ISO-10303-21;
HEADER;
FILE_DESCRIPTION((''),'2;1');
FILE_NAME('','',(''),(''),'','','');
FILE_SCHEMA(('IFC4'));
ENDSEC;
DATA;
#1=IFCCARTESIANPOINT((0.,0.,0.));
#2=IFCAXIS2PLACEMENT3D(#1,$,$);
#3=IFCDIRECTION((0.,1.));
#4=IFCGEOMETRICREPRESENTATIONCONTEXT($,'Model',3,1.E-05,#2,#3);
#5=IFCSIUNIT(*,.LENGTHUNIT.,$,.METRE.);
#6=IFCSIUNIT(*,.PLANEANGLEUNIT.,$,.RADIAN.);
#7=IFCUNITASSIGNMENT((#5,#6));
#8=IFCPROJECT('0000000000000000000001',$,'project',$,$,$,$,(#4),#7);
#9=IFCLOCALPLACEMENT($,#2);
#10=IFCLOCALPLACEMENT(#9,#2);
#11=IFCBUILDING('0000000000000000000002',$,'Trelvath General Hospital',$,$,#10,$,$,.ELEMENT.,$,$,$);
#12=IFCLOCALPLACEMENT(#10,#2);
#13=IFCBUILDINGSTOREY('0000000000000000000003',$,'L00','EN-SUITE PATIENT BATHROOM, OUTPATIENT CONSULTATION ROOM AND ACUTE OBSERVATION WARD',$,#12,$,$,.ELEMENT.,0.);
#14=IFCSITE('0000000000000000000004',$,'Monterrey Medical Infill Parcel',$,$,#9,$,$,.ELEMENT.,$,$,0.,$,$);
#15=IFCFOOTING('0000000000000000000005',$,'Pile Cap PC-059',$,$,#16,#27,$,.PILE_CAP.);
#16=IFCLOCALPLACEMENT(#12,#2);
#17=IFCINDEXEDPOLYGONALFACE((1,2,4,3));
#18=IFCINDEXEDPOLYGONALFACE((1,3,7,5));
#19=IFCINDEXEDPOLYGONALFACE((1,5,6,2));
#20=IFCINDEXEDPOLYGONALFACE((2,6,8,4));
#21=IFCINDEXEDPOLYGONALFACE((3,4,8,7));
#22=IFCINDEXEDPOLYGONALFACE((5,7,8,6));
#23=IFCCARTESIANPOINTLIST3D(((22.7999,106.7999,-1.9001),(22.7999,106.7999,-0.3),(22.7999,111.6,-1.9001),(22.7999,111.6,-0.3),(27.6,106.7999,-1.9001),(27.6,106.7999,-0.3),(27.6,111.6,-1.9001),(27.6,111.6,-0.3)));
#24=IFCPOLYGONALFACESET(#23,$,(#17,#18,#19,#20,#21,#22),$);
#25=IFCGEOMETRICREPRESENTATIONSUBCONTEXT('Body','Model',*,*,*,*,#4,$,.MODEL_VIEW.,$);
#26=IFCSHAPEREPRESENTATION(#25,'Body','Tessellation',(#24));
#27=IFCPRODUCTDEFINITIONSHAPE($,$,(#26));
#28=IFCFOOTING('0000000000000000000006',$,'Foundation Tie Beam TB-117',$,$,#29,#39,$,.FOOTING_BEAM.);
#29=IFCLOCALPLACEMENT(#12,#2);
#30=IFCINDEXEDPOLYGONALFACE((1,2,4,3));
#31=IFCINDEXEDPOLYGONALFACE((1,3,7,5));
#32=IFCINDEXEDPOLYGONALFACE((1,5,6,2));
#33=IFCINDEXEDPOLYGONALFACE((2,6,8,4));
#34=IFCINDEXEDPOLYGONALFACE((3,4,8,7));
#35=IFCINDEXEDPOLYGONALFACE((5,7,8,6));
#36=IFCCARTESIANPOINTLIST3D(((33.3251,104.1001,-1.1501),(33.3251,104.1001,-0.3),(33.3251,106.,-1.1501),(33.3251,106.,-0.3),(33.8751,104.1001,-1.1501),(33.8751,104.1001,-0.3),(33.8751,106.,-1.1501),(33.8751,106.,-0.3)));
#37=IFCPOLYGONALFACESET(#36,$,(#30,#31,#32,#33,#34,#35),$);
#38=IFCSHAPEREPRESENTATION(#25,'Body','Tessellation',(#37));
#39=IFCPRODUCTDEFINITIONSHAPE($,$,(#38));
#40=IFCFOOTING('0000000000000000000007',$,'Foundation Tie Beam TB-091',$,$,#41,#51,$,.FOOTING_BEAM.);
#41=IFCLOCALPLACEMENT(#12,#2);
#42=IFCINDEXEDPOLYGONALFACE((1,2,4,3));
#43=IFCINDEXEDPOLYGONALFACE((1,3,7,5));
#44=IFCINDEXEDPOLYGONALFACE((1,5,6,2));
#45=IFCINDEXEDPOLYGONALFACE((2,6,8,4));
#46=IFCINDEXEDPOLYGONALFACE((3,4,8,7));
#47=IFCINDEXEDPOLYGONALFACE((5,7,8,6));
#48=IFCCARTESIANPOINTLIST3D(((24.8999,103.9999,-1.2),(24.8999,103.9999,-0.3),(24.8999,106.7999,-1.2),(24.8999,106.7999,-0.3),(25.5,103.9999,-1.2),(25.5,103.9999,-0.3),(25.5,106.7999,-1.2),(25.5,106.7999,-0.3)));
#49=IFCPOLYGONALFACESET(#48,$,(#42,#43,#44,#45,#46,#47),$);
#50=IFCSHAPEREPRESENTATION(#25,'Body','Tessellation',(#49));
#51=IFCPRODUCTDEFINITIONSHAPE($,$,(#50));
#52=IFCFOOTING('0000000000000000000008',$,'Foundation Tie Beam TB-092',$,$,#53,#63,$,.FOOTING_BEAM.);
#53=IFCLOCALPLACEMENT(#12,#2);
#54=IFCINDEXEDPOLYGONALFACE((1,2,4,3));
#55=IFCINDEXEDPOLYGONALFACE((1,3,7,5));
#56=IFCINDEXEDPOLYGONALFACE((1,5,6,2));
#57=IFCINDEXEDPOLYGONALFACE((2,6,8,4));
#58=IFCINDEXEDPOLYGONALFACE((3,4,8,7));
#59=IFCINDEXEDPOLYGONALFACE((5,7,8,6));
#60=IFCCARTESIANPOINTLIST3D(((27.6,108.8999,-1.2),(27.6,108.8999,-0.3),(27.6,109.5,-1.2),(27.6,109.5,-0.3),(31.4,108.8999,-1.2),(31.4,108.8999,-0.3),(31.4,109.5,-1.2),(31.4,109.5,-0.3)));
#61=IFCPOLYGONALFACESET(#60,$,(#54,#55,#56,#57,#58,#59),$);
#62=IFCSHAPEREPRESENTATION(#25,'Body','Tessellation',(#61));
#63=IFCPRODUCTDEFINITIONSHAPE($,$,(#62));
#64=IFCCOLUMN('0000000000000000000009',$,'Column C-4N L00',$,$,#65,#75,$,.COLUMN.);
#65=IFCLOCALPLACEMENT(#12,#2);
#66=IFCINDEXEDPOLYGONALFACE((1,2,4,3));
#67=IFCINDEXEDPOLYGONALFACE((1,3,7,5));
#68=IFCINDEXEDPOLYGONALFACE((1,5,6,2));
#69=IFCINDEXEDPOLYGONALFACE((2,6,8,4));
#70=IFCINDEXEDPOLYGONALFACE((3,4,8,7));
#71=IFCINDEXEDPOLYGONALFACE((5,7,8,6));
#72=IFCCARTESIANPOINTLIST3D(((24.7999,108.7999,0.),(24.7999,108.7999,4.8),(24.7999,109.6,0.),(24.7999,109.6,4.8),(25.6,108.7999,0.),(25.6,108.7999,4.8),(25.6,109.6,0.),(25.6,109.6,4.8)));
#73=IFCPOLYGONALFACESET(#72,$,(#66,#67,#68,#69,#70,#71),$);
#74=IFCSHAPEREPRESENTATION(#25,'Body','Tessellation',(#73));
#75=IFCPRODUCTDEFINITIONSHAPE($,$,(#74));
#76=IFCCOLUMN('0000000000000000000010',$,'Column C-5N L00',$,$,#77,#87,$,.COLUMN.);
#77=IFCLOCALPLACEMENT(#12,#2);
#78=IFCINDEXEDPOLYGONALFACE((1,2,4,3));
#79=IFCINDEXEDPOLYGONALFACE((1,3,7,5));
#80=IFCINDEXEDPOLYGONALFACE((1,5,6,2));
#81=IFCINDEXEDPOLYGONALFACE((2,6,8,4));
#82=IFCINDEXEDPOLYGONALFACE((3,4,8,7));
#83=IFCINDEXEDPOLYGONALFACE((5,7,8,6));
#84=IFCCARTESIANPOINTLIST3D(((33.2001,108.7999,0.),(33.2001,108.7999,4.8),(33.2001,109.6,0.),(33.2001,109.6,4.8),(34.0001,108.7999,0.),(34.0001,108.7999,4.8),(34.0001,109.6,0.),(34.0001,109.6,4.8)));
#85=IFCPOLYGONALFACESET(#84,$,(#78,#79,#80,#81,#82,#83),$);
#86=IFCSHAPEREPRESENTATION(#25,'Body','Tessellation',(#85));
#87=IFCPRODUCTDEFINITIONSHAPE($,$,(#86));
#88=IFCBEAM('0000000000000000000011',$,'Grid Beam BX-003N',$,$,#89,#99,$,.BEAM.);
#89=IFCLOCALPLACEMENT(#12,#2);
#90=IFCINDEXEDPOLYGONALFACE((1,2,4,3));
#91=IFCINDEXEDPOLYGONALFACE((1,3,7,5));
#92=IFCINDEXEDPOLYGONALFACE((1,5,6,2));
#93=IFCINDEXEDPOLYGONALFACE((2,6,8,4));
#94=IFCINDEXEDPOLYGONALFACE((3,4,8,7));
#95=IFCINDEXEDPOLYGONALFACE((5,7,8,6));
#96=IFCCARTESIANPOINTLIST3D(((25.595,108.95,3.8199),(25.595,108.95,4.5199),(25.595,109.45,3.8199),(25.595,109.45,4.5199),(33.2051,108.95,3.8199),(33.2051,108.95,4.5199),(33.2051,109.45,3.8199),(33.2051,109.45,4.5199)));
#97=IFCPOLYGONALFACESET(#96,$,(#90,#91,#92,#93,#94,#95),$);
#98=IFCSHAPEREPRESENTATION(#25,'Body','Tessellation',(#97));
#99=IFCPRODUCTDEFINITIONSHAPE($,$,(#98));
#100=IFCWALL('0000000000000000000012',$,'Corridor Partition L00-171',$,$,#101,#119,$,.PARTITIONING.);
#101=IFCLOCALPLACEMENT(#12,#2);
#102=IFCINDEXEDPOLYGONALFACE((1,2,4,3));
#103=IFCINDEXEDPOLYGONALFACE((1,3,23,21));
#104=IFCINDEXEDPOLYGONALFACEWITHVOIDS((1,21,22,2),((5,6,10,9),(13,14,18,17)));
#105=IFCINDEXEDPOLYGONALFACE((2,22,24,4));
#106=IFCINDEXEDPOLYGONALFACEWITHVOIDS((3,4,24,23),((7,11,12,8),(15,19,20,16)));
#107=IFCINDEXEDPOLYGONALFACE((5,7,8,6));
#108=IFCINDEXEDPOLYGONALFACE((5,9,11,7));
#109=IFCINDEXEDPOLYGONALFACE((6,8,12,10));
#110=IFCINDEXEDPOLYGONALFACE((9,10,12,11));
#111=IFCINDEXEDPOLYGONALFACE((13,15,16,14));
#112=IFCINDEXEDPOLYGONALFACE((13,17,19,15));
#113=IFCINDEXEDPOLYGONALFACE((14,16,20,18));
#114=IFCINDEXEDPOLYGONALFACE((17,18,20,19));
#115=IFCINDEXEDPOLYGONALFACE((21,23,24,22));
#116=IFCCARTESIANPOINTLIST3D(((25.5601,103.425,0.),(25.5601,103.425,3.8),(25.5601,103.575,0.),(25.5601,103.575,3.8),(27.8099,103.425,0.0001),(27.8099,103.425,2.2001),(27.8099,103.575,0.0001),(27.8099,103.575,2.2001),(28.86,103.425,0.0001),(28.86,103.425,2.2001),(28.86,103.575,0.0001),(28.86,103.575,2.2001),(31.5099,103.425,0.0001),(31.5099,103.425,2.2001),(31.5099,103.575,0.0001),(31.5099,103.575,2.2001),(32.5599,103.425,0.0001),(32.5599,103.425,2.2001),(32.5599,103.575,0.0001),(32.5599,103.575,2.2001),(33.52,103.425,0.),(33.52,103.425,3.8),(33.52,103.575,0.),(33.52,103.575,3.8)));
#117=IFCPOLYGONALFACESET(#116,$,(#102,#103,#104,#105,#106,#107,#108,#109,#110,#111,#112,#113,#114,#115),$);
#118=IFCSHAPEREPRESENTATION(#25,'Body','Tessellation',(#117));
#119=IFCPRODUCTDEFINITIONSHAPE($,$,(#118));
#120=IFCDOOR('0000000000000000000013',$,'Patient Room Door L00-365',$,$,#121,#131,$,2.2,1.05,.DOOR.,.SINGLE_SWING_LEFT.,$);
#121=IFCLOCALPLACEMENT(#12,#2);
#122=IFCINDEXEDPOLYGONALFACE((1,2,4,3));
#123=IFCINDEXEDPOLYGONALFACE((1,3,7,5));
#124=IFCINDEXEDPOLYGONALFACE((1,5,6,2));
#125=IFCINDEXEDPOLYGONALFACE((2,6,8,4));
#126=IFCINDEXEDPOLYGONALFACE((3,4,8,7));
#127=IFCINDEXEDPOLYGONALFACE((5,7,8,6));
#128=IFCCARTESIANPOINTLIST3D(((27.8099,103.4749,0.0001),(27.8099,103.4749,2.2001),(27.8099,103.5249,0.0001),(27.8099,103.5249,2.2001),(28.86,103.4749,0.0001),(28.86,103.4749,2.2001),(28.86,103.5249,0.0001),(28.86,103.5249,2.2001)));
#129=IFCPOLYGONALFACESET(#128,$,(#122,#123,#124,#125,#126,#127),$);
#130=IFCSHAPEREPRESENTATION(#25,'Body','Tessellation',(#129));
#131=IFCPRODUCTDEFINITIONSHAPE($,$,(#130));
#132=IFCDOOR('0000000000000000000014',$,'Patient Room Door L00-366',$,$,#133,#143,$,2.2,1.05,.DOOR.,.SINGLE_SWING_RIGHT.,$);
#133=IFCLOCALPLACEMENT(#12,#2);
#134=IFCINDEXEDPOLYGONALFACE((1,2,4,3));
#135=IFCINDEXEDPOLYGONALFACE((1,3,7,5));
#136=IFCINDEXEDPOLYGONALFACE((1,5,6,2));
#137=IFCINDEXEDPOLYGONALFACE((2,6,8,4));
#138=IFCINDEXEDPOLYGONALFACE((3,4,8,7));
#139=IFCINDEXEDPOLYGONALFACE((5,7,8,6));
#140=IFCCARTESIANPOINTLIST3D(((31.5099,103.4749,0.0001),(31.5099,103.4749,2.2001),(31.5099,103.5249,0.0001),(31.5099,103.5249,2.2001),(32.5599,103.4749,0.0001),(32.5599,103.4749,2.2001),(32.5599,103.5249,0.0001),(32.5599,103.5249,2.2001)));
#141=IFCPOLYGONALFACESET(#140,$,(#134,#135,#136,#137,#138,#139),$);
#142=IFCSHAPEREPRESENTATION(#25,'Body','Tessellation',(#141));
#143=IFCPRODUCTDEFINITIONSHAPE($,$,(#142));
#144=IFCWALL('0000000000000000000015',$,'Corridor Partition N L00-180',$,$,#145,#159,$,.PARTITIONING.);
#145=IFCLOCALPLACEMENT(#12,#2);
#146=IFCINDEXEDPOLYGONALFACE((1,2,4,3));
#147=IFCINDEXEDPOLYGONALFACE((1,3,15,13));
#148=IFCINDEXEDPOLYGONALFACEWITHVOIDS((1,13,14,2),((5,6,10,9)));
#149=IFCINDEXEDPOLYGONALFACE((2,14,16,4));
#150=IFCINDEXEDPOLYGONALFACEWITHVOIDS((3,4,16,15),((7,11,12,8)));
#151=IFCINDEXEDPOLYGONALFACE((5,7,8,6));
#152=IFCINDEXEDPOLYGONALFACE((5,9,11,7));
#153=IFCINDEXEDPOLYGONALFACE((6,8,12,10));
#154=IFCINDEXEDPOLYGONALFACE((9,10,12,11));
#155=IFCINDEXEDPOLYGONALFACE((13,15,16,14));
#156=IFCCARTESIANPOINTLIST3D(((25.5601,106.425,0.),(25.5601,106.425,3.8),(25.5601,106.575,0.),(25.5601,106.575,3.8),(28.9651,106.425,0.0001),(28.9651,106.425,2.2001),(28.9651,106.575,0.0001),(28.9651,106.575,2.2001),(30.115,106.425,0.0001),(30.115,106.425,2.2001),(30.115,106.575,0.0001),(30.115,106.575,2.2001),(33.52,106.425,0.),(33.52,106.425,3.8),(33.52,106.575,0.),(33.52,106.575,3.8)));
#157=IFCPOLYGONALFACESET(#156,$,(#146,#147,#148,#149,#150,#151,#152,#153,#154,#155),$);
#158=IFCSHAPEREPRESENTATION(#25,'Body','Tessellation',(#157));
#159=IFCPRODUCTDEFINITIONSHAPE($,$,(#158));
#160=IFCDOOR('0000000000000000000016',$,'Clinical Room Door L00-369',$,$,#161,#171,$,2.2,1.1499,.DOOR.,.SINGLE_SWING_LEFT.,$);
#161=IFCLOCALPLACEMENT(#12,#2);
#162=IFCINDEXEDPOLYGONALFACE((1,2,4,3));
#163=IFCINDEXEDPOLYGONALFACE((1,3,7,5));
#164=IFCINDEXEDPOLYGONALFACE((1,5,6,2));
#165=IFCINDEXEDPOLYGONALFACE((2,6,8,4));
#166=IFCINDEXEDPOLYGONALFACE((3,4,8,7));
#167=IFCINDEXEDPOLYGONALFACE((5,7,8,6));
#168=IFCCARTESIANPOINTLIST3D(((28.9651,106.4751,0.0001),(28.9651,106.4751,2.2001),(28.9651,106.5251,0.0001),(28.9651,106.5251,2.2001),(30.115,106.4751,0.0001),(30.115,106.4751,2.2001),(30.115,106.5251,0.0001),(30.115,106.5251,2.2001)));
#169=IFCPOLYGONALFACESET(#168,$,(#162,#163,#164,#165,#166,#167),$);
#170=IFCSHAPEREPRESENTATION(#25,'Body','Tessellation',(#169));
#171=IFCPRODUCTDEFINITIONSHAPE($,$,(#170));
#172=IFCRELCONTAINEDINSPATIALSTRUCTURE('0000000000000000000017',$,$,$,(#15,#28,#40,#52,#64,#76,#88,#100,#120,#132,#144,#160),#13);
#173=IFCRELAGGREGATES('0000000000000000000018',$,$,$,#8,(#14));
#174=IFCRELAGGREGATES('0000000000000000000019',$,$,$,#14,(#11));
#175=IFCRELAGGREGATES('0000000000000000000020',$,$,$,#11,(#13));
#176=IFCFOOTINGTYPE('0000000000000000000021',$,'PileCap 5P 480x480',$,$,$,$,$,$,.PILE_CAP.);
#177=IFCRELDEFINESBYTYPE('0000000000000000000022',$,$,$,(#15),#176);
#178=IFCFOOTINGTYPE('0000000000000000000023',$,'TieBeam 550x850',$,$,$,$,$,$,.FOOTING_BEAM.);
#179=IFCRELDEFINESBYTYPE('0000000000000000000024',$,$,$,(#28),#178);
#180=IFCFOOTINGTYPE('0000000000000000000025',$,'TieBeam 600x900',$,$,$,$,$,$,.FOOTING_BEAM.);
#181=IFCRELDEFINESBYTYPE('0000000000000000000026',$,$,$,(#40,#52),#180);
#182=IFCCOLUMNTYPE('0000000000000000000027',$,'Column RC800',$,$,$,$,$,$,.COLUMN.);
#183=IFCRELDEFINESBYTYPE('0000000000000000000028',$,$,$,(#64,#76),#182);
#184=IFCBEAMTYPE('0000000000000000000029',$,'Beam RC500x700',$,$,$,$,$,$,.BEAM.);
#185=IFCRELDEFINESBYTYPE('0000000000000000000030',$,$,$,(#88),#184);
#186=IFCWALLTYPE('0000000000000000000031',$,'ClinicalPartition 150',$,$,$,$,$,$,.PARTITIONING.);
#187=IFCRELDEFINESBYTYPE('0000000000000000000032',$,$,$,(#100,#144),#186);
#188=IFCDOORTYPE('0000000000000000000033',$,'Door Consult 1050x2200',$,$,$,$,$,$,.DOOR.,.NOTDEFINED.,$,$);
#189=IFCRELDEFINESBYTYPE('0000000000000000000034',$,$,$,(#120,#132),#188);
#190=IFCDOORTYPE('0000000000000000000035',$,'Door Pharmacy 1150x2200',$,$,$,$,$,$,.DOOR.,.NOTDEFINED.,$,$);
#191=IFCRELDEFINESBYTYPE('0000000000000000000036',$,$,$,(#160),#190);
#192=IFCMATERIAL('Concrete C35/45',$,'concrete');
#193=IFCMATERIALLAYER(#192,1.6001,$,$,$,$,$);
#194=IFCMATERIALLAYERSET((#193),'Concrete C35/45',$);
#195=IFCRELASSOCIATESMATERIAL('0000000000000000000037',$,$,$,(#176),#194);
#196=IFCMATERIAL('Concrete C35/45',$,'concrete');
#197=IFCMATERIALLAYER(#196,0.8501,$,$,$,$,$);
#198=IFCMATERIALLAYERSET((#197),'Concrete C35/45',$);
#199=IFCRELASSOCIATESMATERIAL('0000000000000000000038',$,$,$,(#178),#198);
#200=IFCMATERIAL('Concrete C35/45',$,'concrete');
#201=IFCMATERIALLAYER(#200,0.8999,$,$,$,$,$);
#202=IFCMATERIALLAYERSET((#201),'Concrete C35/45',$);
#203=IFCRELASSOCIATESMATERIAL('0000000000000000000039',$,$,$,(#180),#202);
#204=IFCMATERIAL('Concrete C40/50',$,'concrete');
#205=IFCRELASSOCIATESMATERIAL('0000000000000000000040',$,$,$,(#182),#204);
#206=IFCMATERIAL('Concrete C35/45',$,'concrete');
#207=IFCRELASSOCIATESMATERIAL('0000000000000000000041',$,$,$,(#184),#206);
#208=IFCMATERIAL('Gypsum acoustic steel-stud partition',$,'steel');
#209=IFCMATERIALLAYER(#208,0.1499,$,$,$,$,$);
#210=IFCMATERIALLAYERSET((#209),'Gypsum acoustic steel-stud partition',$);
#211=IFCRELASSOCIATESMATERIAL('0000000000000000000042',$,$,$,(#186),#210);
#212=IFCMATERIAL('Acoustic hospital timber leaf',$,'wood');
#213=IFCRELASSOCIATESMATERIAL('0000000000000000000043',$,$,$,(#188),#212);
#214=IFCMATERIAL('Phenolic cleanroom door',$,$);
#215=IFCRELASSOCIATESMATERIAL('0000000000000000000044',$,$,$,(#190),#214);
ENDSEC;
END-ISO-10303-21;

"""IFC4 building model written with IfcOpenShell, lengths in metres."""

from ifc_helpers import new_model, si_unit, direction, frame, frame_2d, origin, origin_2d, place, context, subcontext, project, spatial, rectangle, extrude, material, layer, layer_set, material_profile, profile_set, type_object, element, fill, save


model = new_model("IFC4")

# Units and contexts
model_context = context("Model", 3, precision=1e-05, world=origin(), true_north=direction((0.0, 1.0)))
body_context = subcontext(model_context, "Body", "Model", "MODEL_VIEW")
ifc_project = project(units=[si_unit("LENGTHUNIT", "METRE"), si_unit("PLANEANGLEUNIT", "RADIAN")], contexts=[model_context])

# Site, building, storey
site_placement = place(None, origin())
site = spatial("IfcSite", under=ifc_project, at=site_placement, Name="Monterrey Medical Infill Parcel", CompositionType="ELEMENT", RefElevation=0.0)
building_placement = place(site_placement, origin())
building = spatial("IfcBuilding", under=site, at=building_placement, Name="Trelvath General Hospital", CompositionType="ELEMENT")
storey_placement = place(building_placement, origin())
storey = spatial("IfcBuildingStorey", under=building, at=storey_placement, Name="L00", Description="EN-SUITE PATIENT BATHROOM, OUTPATIENT CONSULTATION ROOM AND ACUTE OBSERVATION WARD", CompositionType="ELEMENT", Elevation=0.0)

# Footings
ifc_material_1 = material(Name="Concrete C35/45", Category="concrete")
ifc_layer_1 = layer(ifc_material_1, 1.6001)
ifc_layer_set_1 = layer_set([ifc_layer_1], Name="Concrete C35/45")
footing_type_1 = type_object("IfcFootingType", Name="PileCap 5P 480x480", PredefinedType="PILE_CAP", material=ifc_layer_set_1)
footing_1_placement = place(storey_placement, frame((25.2, 109.2, -1.9001), z_axis=(0.0, 0.0, 1.0), x_axis=(1.0, 0.0, 0.0)))
element("IfcFooting", 1, at=footing_1_placement, inside=storey, type_object=footing_type_1, Name="Pile Cap PC-059", PredefinedType="PILE_CAP", context=body_context, shape_type="SweptSolid", body=[
    extrude(rectangle(XDim=4.8, YDim=4.8, at=origin_2d()), origin(), (0.0, 0.0, 1.0), 1.6001),
])
ifc_material_2 = material(Name="Concrete C35/45", Category="concrete")
ifc_layer_2 = layer(ifc_material_2, 0.8501)
ifc_layer_set_2 = layer_set([ifc_layer_2], Name="Concrete C35/45")
footing_type_2 = type_object("IfcFootingType", Name="TieBeam 550x850", PredefinedType="FOOTING_BEAM", material=ifc_layer_set_2)
footing_2_placement = place(storey_placement, frame((33.6001, 105.05, -1.1501), z_axis=(0.0, 0.0, 1.0), x_axis=(1.0, 0.0, 0.0)))
element("IfcFooting", 2, at=footing_2_placement, inside=storey, type_object=footing_type_2, Name="Foundation Tie Beam TB-117", PredefinedType="FOOTING_BEAM", context=body_context, shape_type="SweptSolid", body=[
    extrude(rectangle(XDim=0.55, YDim=1.8999, at=origin_2d()), origin(), (0.0, 0.0, 1.0), 0.8501),
])
ifc_material_3 = material(Name="Concrete C35/45", Category="concrete")
ifc_layer_3 = layer(ifc_material_3, 0.8999)
ifc_layer_set_3 = layer_set([ifc_layer_3], Name="Concrete C35/45")
footing_type_3 = type_object("IfcFootingType", Name="TieBeam 600x900", PredefinedType="FOOTING_BEAM", material=ifc_layer_set_3)
footing_3_placement = place(storey_placement, frame((25.2, 105.3999, -1.2), z_axis=(0.0, 0.0, 1.0), x_axis=(1.0, 0.0, 0.0)))
element("IfcFooting", 3, at=footing_3_placement, inside=storey, type_object=footing_type_3, Name="Foundation Tie Beam TB-091", PredefinedType="FOOTING_BEAM", context=body_context, shape_type="SweptSolid", body=[
    extrude(rectangle(XDim=0.6001, YDim=2.8, at=origin_2d()), origin(), (0.0, 0.0, 1.0), 0.8999),
])
footing_4_placement = place(storey_placement, frame((29.5, 109.2, -1.2), z_axis=(0.0, 0.0, 1.0), x_axis=(1.0, 0.0, 0.0)))
element("IfcFooting", 4, at=footing_4_placement, inside=storey, type_object=footing_type_3, Name="Foundation Tie Beam TB-092", PredefinedType="FOOTING_BEAM", context=body_context, shape_type="SweptSolid", body=[
    extrude(rectangle(XDim=3.8, YDim=0.6001, at=origin_2d()), origin(), (0.0, 0.0, 1.0), 0.8999),
])

# Columns
ifc_material_4 = material(Name="Concrete C40/50", Category="concrete")
ifc_material_profile_1 = material_profile(ifc_material_4, rectangle(XDim=0.8, YDim=0.8, at=origin_2d()), Name="RC800x800")
ifc_profile_set_1 = profile_set([ifc_material_profile_1], Name="Concrete C40/50")
column_type = type_object("IfcColumnType", Name="Column RC800", PredefinedType="COLUMN", material=ifc_profile_set_1)
for number, where, z_axis, x_axis, name in (
    (5, (25.2, 109.2, 0.0), (0.0, 0.0, 1.0), (1.0, 0.0, 0.0), "Column C-4N L00"),
    (6, (33.6001, 109.2, 0.0), (0.0, 0.0, 1.0), (1.0, 0.0, 0.0), "Column C-5N L00"),
):
    element("IfcColumn", number, at=place(storey_placement, frame(where, z_axis=z_axis, x_axis=x_axis)), inside=storey, type_object=column_type, Name=name, PredefinedType="COLUMN", context=body_context, shape_type="SweptSolid", body=[
        extrude(rectangle(XDim=0.8, YDim=0.8, at=origin_2d()), origin(), (0.0, 0.0, 1.0), 4.8),
    ])

# Beam
ifc_material_5 = material(Name="Concrete C35/45", Category="concrete")
ifc_material_profile_2 = material_profile(ifc_material_5, rectangle(XDim=0.5, YDim=0.7, at=origin_2d()), Name="RCB500x700")
ifc_profile_set_2 = profile_set([ifc_material_profile_2], Name="Concrete C35/45")
beam_type = type_object("IfcBeamType", Name="Beam RC500x700", PredefinedType="BEAM", material=ifc_profile_set_2)
beam_placement = place(storey_placement, frame((25.595, 109.2, 4.1699), z_axis=(1.0, 0.0, 0.0), x_axis=(0.0, 1.0, 0.0)))
element("IfcBeam", 7, at=beam_placement, inside=storey, type_object=beam_type, Name="Grid Beam BX-003N", PredefinedType="BEAM", context=body_context, shape_type="SweptSolid", body=[
    extrude(rectangle(XDim=0.5, YDim=0.7, at=origin_2d()), origin(), (0.0, 0.0, 1.0), 7.6101),
])

# Wall, openings, doors
ifc_material_6 = material(Name="Gypsum acoustic steel-stud partition", Category="steel")
ifc_layer_4 = layer(ifc_material_6, 0.1499)
ifc_layer_set_4 = layer_set([ifc_layer_4], Name="Gypsum acoustic steel-stud partition")
wall_type_1 = type_object("IfcWallType", Name="ClinicalPartition 150", PredefinedType="PARTITIONING", material=ifc_layer_set_4)
wall_1_placement = place(storey_placement, frame((25.5601, 103.5, 0.0), z_axis=(0.0, 0.0, 1.0), x_axis=(1.0, 0.0, 0.0)))
wall_1 = element("IfcWall", 8, at=wall_1_placement, inside=storey, type_object=wall_type_1, Name="Corridor Partition L00-171", PredefinedType="PARTITIONING", context=body_context, shape_type="SweptSolid", body=[
    extrude(rectangle(XDim=7.96, YDim=0.1499, at=frame_2d((3.98, 0.0))), origin(), (0.0, 0.0, 1.0), 3.8),
])
opening_1_placement = place(wall_1_placement, frame((2.25, 0.0, 0.0)))
opening_1 = element("IfcOpeningElement", 9, at=opening_1_placement, cuts=wall_1, PredefinedType="OPENING", context=body_context, shape_type="SweptSolid", body=[
    extrude(rectangle(XDim=1.05, YDim=2.2, at=frame_2d((0.5249, 1.1001))), frame((0.0, 0.085, 0.0), z_axis=(0.0, -1.0, 0.0), x_axis=(1.0, 0.0, 0.0)), (0.0, 0.0, 1.0), 0.1699),
])
opening_2_placement = place(wall_1_placement, frame((5.95, 0.0, 0.0)))
opening_2 = element("IfcOpeningElement", 10, at=opening_2_placement, cuts=wall_1, PredefinedType="OPENING", context=body_context, shape_type="SweptSolid", body=[
    extrude(rectangle(XDim=1.05, YDim=2.2, at=frame_2d((0.5249, 1.1001))), frame((0.0, 0.085, 0.0), z_axis=(0.0, -1.0, 0.0), x_axis=(1.0, 0.0, 0.0)), (0.0, 0.0, 1.0), 0.1699),
])
ifc_material_7 = material(Name="Acoustic hospital timber leaf", Category="wood")
door_type_1 = type_object("IfcDoorType", Name="Door Consult 1050x2200", OperationType="NOTDEFINED", PredefinedType="DOOR", material=ifc_material_7)
door_1_placement = place(opening_1_placement, origin())
door_1 = element("IfcDoor", 11, at=door_1_placement, inside=storey, type_object=door_type_1, Name="Patient Room Door L00-365", OperationType="SINGLE_SWING_LEFT", OverallHeight=2.2, OverallWidth=1.05, PredefinedType="DOOR", context=body_context, shape_type="SweptSolid", body=[
    extrude(rectangle(XDim=1.05, YDim=2.2, at=frame_2d((0.5249, 1.1001))), frame((0.0, 0.0249, 0.0), z_axis=(0.0, -1.0, 0.0), x_axis=(1.0, 0.0, 0.0)), (0.0, 0.0, 1.0), 0.05),
])
fill(opening_1, door_1)
door_2_placement = place(opening_2_placement, origin())
door_2 = element("IfcDoor", 12, at=door_2_placement, inside=storey, type_object=door_type_1, Name="Patient Room Door L00-366", OperationType="SINGLE_SWING_RIGHT", OverallHeight=2.2, OverallWidth=1.05, PredefinedType="DOOR", context=body_context, shape_type="SweptSolid", body=[
    extrude(rectangle(XDim=1.05, YDim=2.2, at=frame_2d((0.5249, 1.1001))), frame((0.0, 0.0249, 0.0), z_axis=(0.0, -1.0, 0.0), x_axis=(1.0, 0.0, 0.0)), (0.0, 0.0, 1.0), 0.05),
])
fill(opening_2, door_2)

# Wall, opening, door
wall_2_placement = place(storey_placement, frame((33.52, 106.5, 0.0), z_axis=(0.0, 0.0, 1.0), x_axis=(-1.0, 0.0, 0.0)))
wall_2 = element("IfcWall", 13, at=wall_2_placement, inside=storey, type_object=wall_type_1, Name="Corridor Partition N L00-180", PredefinedType="PARTITIONING", context=body_context, shape_type="SweptSolid", body=[
    extrude(rectangle(XDim=7.96, YDim=0.1499, at=frame_2d((3.98, 0.0))), origin(), (0.0, 0.0, 1.0), 3.8),
])
opening_3_placement = place(wall_2_placement, frame((3.405, 0.0, 0.0)))
opening_3 = element("IfcOpeningElement", 14, at=opening_3_placement, cuts=wall_2, PredefinedType="OPENING", context=body_context, shape_type="SweptSolid", body=[
    extrude(rectangle(XDim=1.1499, YDim=2.2, at=frame_2d((0.575, 1.1001))), frame((0.0, 0.085, 0.0), z_axis=(0.0, -1.0, 0.0), x_axis=(1.0, 0.0, 0.0)), (0.0, 0.0, 1.0), 0.1699),
])
ifc_material_8 = material(Name="Phenolic cleanroom door")
door_type_2 = type_object("IfcDoorType", Name="Door Pharmacy 1150x2200", OperationType="NOTDEFINED", PredefinedType="DOOR", material=ifc_material_8)
door_3_placement = place(opening_3_placement, origin())
door_3 = element("IfcDoor", 15, at=door_3_placement, inside=storey, type_object=door_type_2, Name="Clinical Room Door L00-369", OperationType="SINGLE_SWING_LEFT", OverallHeight=2.2, OverallWidth=1.1499, PredefinedType="DOOR", context=body_context, shape_type="SweptSolid", body=[
    extrude(rectangle(XDim=1.1499, YDim=2.2, at=frame_2d((0.575, 1.1001))), frame((0.0, 0.0249, 0.0), z_axis=(0.0, -1.0, 0.0), x_axis=(1.0, 0.0, 0.0)), (0.0, 0.0, 1.0), 0.05),
])
fill(opening_3, door_3)

save(model, "model.ifc")
